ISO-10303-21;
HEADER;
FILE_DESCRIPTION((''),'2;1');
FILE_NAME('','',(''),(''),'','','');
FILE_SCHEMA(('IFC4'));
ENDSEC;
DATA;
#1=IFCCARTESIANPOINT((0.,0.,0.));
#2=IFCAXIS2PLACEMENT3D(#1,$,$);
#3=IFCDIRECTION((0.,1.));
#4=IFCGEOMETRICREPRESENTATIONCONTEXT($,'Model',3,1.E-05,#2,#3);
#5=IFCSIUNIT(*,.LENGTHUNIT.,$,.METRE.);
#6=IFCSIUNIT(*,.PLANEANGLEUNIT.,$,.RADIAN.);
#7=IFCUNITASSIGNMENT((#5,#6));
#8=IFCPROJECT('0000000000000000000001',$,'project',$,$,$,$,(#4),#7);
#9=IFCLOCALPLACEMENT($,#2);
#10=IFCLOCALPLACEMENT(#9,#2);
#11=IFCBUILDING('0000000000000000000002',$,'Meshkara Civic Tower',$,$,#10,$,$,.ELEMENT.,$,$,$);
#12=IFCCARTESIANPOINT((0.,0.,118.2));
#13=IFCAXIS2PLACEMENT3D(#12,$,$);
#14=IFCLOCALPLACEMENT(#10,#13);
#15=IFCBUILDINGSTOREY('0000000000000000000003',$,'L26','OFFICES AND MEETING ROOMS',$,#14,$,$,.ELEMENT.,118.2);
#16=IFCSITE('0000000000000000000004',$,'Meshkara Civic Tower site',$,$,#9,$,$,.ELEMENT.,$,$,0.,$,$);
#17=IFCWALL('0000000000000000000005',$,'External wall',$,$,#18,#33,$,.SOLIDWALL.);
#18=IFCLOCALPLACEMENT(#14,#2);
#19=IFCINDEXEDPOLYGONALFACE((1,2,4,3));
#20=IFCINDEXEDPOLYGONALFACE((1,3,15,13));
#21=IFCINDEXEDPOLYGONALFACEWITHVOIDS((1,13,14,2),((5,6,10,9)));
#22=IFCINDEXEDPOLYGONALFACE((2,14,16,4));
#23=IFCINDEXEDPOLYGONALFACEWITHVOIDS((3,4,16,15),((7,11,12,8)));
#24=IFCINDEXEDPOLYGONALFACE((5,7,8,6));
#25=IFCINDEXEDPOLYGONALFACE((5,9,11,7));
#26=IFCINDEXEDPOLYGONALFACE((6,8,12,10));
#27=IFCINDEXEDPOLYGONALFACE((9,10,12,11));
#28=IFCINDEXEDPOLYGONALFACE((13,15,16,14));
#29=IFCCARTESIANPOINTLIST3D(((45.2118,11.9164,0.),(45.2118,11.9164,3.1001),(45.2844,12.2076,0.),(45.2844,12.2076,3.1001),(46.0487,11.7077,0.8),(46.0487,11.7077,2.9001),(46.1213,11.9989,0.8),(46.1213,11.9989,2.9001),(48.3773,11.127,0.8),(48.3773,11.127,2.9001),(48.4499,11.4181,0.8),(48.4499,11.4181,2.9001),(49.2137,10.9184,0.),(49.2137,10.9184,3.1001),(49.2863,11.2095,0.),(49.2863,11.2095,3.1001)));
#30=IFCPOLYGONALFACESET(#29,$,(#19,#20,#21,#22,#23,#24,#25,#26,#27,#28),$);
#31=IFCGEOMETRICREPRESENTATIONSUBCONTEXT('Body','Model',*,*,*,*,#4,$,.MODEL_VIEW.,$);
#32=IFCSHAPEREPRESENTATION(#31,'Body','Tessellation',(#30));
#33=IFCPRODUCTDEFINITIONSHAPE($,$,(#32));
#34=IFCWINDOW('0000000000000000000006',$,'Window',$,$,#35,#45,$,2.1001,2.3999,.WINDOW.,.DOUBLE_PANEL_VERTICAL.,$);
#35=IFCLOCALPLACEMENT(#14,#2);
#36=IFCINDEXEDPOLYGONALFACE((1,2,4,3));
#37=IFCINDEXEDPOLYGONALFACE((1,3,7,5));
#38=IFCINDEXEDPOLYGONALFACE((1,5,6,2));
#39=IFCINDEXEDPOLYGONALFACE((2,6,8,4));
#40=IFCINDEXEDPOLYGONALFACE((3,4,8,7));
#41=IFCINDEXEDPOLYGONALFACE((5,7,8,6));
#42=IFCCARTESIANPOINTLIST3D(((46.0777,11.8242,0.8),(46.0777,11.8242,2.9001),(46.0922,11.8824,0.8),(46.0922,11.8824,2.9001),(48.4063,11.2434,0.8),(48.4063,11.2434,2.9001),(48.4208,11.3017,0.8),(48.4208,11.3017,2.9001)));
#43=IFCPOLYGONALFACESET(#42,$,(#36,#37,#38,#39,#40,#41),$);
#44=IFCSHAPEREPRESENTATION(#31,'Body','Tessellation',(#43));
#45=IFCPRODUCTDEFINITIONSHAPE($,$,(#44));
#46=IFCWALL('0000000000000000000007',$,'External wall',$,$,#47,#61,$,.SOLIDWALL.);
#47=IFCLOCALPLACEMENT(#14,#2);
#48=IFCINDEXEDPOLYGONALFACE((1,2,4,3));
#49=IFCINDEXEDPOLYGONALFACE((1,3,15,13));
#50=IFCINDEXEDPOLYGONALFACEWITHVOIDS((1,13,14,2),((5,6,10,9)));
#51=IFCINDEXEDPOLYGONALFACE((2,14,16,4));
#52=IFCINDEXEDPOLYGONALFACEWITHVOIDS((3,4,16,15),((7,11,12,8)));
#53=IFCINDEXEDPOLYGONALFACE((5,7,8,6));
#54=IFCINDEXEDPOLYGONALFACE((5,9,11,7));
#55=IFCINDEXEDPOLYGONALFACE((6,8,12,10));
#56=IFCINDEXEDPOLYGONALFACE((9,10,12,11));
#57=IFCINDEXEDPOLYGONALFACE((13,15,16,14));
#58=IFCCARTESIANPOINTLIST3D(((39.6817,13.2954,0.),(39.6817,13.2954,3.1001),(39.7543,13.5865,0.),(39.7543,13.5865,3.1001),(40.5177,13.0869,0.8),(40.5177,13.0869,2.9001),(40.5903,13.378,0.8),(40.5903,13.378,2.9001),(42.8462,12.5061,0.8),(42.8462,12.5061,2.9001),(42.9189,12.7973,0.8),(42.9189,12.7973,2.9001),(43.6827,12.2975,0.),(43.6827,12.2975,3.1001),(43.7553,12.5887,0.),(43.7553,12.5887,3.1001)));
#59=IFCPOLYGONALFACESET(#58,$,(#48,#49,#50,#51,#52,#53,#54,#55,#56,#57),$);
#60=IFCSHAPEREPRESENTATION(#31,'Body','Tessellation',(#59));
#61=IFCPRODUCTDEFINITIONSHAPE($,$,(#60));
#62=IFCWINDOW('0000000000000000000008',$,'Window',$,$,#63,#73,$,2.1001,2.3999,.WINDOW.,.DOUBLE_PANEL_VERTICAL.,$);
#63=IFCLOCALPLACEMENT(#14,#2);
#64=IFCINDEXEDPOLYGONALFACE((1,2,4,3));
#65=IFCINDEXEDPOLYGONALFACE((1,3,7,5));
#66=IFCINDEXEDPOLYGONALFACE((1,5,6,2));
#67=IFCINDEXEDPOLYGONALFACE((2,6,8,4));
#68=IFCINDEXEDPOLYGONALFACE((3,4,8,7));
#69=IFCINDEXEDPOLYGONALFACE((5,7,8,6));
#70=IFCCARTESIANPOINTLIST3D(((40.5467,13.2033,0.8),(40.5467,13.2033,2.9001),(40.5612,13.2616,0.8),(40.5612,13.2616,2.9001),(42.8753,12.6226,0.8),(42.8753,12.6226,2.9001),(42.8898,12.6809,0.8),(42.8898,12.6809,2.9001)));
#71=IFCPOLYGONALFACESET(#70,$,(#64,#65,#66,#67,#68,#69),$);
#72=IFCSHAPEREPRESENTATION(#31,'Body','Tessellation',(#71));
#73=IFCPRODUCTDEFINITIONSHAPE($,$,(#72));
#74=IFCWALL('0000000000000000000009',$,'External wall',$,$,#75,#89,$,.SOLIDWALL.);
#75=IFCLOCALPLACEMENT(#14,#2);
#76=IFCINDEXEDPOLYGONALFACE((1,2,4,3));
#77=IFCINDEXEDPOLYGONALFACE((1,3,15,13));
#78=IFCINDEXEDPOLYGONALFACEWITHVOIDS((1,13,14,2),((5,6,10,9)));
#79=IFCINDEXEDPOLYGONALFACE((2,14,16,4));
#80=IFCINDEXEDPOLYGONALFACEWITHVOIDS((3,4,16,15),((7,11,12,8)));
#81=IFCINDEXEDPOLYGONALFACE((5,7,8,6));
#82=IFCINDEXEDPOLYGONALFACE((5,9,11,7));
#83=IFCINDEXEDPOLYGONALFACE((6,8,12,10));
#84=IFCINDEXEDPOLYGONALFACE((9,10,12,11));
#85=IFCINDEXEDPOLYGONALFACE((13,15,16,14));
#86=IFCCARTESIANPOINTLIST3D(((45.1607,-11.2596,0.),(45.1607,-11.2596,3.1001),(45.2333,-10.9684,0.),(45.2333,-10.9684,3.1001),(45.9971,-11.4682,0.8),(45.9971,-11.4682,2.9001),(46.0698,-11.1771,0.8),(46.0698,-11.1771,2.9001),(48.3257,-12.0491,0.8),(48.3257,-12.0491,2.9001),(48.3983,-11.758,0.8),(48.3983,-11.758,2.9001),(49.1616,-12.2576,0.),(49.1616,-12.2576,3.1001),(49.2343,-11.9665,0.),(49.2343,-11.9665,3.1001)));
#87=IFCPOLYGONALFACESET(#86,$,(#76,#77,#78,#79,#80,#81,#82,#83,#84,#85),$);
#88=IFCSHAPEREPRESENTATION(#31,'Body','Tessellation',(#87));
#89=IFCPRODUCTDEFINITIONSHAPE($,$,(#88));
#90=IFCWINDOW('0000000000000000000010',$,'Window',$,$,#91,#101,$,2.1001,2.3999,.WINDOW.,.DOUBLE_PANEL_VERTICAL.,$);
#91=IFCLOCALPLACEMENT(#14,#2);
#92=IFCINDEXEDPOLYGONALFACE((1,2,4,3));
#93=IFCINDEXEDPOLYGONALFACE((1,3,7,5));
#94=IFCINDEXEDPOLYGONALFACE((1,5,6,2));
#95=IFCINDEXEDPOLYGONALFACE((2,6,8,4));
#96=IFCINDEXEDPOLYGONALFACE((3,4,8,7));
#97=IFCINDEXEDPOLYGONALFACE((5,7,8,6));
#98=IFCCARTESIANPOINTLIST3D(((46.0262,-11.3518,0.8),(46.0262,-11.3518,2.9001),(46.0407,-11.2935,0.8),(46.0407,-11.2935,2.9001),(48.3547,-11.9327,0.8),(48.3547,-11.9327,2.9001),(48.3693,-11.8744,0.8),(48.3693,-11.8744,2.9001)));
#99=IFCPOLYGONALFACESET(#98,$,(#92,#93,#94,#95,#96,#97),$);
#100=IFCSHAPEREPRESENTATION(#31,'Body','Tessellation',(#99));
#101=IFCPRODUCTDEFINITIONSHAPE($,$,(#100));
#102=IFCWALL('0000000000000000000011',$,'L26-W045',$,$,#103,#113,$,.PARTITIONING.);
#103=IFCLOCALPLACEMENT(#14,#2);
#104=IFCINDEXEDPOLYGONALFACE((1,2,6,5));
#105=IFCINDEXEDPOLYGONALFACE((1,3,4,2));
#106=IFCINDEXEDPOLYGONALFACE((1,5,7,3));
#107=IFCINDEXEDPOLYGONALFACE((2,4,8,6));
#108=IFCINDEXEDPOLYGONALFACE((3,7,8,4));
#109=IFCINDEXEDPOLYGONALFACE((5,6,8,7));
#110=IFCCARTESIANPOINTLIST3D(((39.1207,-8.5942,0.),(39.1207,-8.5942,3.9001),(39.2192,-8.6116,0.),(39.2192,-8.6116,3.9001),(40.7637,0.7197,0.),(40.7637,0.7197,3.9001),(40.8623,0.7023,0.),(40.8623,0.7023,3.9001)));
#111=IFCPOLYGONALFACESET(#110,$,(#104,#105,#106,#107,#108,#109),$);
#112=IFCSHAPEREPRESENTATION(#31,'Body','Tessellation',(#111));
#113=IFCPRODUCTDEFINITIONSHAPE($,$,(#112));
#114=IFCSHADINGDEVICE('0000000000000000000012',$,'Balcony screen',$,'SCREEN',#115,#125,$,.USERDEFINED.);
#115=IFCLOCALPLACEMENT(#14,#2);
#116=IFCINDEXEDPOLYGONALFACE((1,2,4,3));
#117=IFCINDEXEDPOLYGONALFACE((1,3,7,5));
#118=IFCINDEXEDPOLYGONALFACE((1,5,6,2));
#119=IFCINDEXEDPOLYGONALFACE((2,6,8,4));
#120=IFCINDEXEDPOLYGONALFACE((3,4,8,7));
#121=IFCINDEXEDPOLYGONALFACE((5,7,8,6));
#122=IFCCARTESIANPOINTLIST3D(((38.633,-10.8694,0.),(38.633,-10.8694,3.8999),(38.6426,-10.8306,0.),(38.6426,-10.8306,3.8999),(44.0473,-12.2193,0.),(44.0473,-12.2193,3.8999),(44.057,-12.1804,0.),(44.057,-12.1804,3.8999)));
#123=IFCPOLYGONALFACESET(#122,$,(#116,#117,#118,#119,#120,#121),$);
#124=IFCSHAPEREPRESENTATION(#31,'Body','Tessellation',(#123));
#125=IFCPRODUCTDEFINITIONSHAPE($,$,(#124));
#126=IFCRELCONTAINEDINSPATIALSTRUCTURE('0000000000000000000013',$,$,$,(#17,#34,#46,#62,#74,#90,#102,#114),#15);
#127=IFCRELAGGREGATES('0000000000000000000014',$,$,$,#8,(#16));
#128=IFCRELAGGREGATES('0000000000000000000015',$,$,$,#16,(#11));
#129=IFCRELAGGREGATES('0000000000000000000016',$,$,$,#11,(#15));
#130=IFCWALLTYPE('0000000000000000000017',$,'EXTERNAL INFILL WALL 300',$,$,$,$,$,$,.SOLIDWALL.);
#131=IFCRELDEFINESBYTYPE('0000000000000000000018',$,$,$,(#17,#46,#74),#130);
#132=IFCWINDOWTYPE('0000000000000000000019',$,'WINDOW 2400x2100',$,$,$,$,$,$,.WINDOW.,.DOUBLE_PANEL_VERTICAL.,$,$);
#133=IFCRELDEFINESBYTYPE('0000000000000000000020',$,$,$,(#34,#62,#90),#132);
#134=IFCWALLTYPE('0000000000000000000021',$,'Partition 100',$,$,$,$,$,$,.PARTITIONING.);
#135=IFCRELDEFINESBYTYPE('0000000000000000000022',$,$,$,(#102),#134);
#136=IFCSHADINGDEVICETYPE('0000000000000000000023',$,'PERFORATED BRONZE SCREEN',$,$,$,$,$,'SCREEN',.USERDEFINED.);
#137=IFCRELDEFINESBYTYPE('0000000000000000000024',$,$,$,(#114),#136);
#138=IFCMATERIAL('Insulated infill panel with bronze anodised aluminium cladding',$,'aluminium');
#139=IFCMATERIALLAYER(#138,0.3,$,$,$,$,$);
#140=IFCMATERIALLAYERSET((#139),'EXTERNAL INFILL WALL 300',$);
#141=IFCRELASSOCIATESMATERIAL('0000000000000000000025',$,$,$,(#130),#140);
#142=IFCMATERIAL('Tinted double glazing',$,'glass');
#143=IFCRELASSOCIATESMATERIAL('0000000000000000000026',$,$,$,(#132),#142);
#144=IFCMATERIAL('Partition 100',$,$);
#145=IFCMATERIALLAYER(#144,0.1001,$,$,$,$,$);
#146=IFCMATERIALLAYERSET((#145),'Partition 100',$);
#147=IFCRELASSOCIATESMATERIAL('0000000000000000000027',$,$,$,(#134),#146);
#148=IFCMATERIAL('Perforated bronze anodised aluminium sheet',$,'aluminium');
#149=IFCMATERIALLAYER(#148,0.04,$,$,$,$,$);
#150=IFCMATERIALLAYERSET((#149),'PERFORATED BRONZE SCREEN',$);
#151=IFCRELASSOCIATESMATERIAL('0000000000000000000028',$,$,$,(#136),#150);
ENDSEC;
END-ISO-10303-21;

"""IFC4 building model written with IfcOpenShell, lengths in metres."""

from ifc_helpers import new_model, si_unit, direction, frame, frame_2d, origin, origin_2d, place, context, subcontext, project, spatial, rectangle, extrude, material, layer, layer_set, type_object, element, fill, save


model = new_model("IFC4")

# Units and contexts
model_context = context("Model", 3, precision=1e-05, world=origin(), true_north=direction((0.0, 1.0)))
body_context = subcontext(model_context, "Body", "Model", "MODEL_VIEW")
ifc_project = project(units=[si_unit("LENGTHUNIT", "METRE"), si_unit("PLANEANGLEUNIT", "RADIAN")], contexts=[model_context])

# Site, building, storey
site_placement = place(None, origin())
site = spatial("IfcSite", under=ifc_project, at=site_placement, Name="Meshkara Civic Tower site", CompositionType="ELEMENT", RefElevation=0.0)
building_placement = place(site_placement, origin())
building = spatial("IfcBuilding", under=site, at=building_placement, Name="Meshkara Civic Tower", CompositionType="ELEMENT")
storey_placement = place(building_placement, frame((0.0, 0.0, 118.2)))
storey = spatial("IfcBuildingStorey", under=building, at=storey_placement, Name="L26", Description="OFFICES AND MEETING ROOMS", CompositionType="ELEMENT", Elevation=118.2)

# Walls, openings, windows
ifc_material_1 = material(Name="Insulated infill panel with bronze anodised aluminium cladding", Category="aluminium")
ifc_layer_1 = layer(ifc_material_1, 0.3)
ifc_layer_set_1 = layer_set([ifc_layer_1], Name="EXTERNAL INFILL WALL 300")
wall_type_1 = type_object("IfcWallType", Name="EXTERNAL INFILL WALL 300", PredefinedType="SOLIDWALL", material=ifc_layer_set_1)
wall_1_placement = place(storey_placement, frame((49.25, 11.064, 0.0), z_axis=(0.0, 0.0, 1.0), x_axis=(-0.970282, 0.241978, 0.0)))
wall_1 = element("IfcWall", 1, at=wall_1_placement, inside=storey, type_object=wall_type_1, Name="External wall", PredefinedType="SOLIDWALL", context=body_context, shape_type="SweptSolid", body=[
    extrude(rectangle(XDim=4.1245, YDim=0.3, at=frame_2d((2.0623, 0.0))), origin(), (0.0, 0.0, 1.0), 3.1001),
])
opening_1_placement = place(wall_1_placement, frame((0.8621, 0.0, 0.8)))
opening_1 = element("IfcOpeningElement", 2, at=opening_1_placement, cuts=wall_1, PredefinedType="OPENING", context=body_context, shape_type="SweptSolid", body=[
    extrude(rectangle(XDim=2.3999, YDim=2.1001, at=frame_2d((1.2, 1.05))), frame((0.0, 0.1599, 0.0), z_axis=(0.0, -1.0, 0.0), x_axis=(1.0, 0.0, 0.0)), (0.0, 0.0, 1.0), 0.3201),
])
ifc_material_2 = material(Name="Tinted double glazing", Category="glass")
window_type = type_object("IfcWindowType", Name="WINDOW 2400x2100", PartitioningType="DOUBLE_PANEL_VERTICAL", PredefinedType="WINDOW", material=ifc_material_2)
window_1_placement = place(opening_1_placement, origin())
window_1 = element("IfcWindow", 3, at=window_1_placement, inside=storey, type_object=window_type, Name="Window", OverallHeight=2.1001, OverallWidth=2.3999, PartitioningType="DOUBLE_PANEL_VERTICAL", PredefinedType="WINDOW", context=body_context, shape_type="SweptSolid", body=[
    extrude(rectangle(XDim=2.3999, YDim=2.1001, at=frame_2d((1.2, 1.05))), frame((0.0, 0.03, 0.0), z_axis=(0.0, -1.0, 0.0), x_axis=(1.0, 0.0, 0.0)), (0.0, 0.0, 1.0), 0.0601),
])
fill(opening_1, window_1)
wall_2_placement = place(storey_placement, frame((43.719, 12.4431, 0.0), z_axis=(0.0, 0.0, 1.0), x_axis=(-0.970282, 0.241978, 0.0)))
wall_2 = element("IfcWall", 4, at=wall_2_placement, inside=storey, type_object=wall_type_1, Name="External wall", PredefinedType="SOLIDWALL", context=body_context, shape_type="SweptSolid", body=[
    extrude(rectangle(XDim=4.1235, YDim=0.3, at=frame_2d((2.0618, 0.0))), origin(), (0.0, 0.0, 1.0), 3.1001),
])
opening_2_placement = place(wall_2_placement, frame((0.8621, 0.0, 0.8)))
opening_2 = element("IfcOpeningElement", 5, at=opening_2_placement, cuts=wall_2, PredefinedType="OPENING", context=body_context, shape_type="SweptSolid", body=[
    extrude(rectangle(XDim=2.3999, YDim=2.1001, at=frame_2d((1.2, 1.05))), frame((0.0, 0.1599, 0.0), z_axis=(0.0, -1.0, 0.0), x_axis=(1.0, 0.0, 0.0)), (0.0, 0.0, 1.0), 0.3201),
])
window_2_placement = place(opening_2_placement, origin())
window_2 = element("IfcWindow", 6, at=window_2_placement, inside=storey, type_object=window_type, Name="Window", OverallHeight=2.1001, OverallWidth=2.3999, PartitioningType="DOUBLE_PANEL_VERTICAL", PredefinedType="WINDOW", context=body_context, shape_type="SweptSolid", body=[
    extrude(rectangle(XDim=2.3999, YDim=2.1001, at=frame_2d((1.2, 1.05))), frame((0.0, 0.03, 0.0), z_axis=(0.0, -1.0, 0.0), x_axis=(1.0, 0.0, 0.0)), (0.0, 0.0, 1.0), 0.0601),
])
fill(opening_2, window_2)
wall_3_placement = place(storey_placement, frame((45.197, -11.114, 0.0), z_axis=(0.0, 0.0, 1.0), x_axis=(0.970268, -0.242034, 0.0)))
wall_3 = element("IfcWall", 7, at=wall_3_placement, inside=storey, type_object=wall_type_1, Name="External wall", PredefinedType="SOLIDWALL", context=body_context, shape_type="SweptSolid", body=[
    extrude(rectangle(XDim=4.1235, YDim=0.3, at=frame_2d((2.0618, 0.0))), origin(), (0.0, 0.0, 1.0), 3.1001),
])
opening_3_placement = place(wall_3_placement, frame((0.8621, 0.0, 0.8)))
opening_3 = element("IfcOpeningElement", 8, at=opening_3_placement, cuts=wall_3, PredefinedType="OPENING", context=body_context, shape_type="SweptSolid", body=[
    extrude(rectangle(XDim=2.3999, YDim=2.1001, at=frame_2d((1.2, 1.05))), frame((0.0, 0.1599, 0.0), z_axis=(0.0, -1.0, 0.0), x_axis=(1.0, 0.0, 0.0)), (0.0, 0.0, 1.0), 0.3201),
])
window_3_placement = place(opening_3_placement, origin())
window_3 = element("IfcWindow", 9, at=window_3_placement, inside=storey, type_object=window_type, Name="Window", OverallHeight=2.1001, OverallWidth=2.3999, PartitioningType="DOUBLE_PANEL_VERTICAL", PredefinedType="WINDOW", context=body_context, shape_type="SweptSolid", body=[
    extrude(rectangle(XDim=2.3999, YDim=2.1001, at=frame_2d((1.2, 1.05))), frame((0.0, 0.03, 0.0), z_axis=(0.0, -1.0, 0.0), x_axis=(1.0, 0.0, 0.0)), (0.0, 0.0, 1.0), 0.0601),
])
fill(opening_3, window_3)

# Wall
ifc_material_3 = material(Name="Partition 100")
ifc_layer_2 = layer(ifc_material_3, 0.1001)
ifc_layer_set_2 = layer_set([ifc_layer_2], Name="Partition 100")
wall_type_2 = type_object("IfcWallType", Name="Partition 100", PredefinedType="PARTITIONING", material=ifc_layer_set_2)
wall_4_placement = place(storey_placement, frame((39.1699, -8.603, 0.0), z_axis=(0.0, 0.0, 1.0), x_axis=(0.173726, 0.984794, 0.0)))
element("IfcWall", 10, at=wall_4_placement, inside=storey, type_object=wall_type_2, Name="L26-W045", PredefinedType="PARTITIONING", context=body_context, shape_type="SweptSolid", body=[
    extrude(rectangle(XDim=9.4578, YDim=0.1001, at=frame_2d((4.729, 0.0))), origin(), (0.0, 0.0, 1.0), 3.9001),
])

# Shading device
ifc_material_4 = material(Name="Perforated bronze anodised aluminium sheet", Category="aluminium")
ifc_layer_3 = layer(ifc_material_4, 0.04)
ifc_layer_set_3 = layer_set([ifc_layer_3], Name="PERFORATED BRONZE SCREEN")
shading_device_type = type_object("IfcShadingDeviceType", Name="PERFORATED BRONZE SCREEN", ElementType="SCREEN", PredefinedType="USERDEFINED", material=ifc_layer_set_3)
shading_device_placement = place(storey_placement, frame((41.345, -11.5249, 0.0), z_axis=(0.0, 0.0, 1.0), x_axis=(0.9703, -0.241905, 0.0)))
element("IfcShadingDevice", 11, at=shading_device_placement, inside=storey, type_object=shading_device_type, Name="Balcony screen", ObjectType="SCREEN", PredefinedType="USERDEFINED", context=body_context, shape_type="SweptSolid", body=[
    extrude(rectangle(XDim=5.5801, YDim=0.04, at=origin_2d()), origin(), (0.0, 0.0, 1.0), 3.8999),
])

save(model, "model.ifc")
